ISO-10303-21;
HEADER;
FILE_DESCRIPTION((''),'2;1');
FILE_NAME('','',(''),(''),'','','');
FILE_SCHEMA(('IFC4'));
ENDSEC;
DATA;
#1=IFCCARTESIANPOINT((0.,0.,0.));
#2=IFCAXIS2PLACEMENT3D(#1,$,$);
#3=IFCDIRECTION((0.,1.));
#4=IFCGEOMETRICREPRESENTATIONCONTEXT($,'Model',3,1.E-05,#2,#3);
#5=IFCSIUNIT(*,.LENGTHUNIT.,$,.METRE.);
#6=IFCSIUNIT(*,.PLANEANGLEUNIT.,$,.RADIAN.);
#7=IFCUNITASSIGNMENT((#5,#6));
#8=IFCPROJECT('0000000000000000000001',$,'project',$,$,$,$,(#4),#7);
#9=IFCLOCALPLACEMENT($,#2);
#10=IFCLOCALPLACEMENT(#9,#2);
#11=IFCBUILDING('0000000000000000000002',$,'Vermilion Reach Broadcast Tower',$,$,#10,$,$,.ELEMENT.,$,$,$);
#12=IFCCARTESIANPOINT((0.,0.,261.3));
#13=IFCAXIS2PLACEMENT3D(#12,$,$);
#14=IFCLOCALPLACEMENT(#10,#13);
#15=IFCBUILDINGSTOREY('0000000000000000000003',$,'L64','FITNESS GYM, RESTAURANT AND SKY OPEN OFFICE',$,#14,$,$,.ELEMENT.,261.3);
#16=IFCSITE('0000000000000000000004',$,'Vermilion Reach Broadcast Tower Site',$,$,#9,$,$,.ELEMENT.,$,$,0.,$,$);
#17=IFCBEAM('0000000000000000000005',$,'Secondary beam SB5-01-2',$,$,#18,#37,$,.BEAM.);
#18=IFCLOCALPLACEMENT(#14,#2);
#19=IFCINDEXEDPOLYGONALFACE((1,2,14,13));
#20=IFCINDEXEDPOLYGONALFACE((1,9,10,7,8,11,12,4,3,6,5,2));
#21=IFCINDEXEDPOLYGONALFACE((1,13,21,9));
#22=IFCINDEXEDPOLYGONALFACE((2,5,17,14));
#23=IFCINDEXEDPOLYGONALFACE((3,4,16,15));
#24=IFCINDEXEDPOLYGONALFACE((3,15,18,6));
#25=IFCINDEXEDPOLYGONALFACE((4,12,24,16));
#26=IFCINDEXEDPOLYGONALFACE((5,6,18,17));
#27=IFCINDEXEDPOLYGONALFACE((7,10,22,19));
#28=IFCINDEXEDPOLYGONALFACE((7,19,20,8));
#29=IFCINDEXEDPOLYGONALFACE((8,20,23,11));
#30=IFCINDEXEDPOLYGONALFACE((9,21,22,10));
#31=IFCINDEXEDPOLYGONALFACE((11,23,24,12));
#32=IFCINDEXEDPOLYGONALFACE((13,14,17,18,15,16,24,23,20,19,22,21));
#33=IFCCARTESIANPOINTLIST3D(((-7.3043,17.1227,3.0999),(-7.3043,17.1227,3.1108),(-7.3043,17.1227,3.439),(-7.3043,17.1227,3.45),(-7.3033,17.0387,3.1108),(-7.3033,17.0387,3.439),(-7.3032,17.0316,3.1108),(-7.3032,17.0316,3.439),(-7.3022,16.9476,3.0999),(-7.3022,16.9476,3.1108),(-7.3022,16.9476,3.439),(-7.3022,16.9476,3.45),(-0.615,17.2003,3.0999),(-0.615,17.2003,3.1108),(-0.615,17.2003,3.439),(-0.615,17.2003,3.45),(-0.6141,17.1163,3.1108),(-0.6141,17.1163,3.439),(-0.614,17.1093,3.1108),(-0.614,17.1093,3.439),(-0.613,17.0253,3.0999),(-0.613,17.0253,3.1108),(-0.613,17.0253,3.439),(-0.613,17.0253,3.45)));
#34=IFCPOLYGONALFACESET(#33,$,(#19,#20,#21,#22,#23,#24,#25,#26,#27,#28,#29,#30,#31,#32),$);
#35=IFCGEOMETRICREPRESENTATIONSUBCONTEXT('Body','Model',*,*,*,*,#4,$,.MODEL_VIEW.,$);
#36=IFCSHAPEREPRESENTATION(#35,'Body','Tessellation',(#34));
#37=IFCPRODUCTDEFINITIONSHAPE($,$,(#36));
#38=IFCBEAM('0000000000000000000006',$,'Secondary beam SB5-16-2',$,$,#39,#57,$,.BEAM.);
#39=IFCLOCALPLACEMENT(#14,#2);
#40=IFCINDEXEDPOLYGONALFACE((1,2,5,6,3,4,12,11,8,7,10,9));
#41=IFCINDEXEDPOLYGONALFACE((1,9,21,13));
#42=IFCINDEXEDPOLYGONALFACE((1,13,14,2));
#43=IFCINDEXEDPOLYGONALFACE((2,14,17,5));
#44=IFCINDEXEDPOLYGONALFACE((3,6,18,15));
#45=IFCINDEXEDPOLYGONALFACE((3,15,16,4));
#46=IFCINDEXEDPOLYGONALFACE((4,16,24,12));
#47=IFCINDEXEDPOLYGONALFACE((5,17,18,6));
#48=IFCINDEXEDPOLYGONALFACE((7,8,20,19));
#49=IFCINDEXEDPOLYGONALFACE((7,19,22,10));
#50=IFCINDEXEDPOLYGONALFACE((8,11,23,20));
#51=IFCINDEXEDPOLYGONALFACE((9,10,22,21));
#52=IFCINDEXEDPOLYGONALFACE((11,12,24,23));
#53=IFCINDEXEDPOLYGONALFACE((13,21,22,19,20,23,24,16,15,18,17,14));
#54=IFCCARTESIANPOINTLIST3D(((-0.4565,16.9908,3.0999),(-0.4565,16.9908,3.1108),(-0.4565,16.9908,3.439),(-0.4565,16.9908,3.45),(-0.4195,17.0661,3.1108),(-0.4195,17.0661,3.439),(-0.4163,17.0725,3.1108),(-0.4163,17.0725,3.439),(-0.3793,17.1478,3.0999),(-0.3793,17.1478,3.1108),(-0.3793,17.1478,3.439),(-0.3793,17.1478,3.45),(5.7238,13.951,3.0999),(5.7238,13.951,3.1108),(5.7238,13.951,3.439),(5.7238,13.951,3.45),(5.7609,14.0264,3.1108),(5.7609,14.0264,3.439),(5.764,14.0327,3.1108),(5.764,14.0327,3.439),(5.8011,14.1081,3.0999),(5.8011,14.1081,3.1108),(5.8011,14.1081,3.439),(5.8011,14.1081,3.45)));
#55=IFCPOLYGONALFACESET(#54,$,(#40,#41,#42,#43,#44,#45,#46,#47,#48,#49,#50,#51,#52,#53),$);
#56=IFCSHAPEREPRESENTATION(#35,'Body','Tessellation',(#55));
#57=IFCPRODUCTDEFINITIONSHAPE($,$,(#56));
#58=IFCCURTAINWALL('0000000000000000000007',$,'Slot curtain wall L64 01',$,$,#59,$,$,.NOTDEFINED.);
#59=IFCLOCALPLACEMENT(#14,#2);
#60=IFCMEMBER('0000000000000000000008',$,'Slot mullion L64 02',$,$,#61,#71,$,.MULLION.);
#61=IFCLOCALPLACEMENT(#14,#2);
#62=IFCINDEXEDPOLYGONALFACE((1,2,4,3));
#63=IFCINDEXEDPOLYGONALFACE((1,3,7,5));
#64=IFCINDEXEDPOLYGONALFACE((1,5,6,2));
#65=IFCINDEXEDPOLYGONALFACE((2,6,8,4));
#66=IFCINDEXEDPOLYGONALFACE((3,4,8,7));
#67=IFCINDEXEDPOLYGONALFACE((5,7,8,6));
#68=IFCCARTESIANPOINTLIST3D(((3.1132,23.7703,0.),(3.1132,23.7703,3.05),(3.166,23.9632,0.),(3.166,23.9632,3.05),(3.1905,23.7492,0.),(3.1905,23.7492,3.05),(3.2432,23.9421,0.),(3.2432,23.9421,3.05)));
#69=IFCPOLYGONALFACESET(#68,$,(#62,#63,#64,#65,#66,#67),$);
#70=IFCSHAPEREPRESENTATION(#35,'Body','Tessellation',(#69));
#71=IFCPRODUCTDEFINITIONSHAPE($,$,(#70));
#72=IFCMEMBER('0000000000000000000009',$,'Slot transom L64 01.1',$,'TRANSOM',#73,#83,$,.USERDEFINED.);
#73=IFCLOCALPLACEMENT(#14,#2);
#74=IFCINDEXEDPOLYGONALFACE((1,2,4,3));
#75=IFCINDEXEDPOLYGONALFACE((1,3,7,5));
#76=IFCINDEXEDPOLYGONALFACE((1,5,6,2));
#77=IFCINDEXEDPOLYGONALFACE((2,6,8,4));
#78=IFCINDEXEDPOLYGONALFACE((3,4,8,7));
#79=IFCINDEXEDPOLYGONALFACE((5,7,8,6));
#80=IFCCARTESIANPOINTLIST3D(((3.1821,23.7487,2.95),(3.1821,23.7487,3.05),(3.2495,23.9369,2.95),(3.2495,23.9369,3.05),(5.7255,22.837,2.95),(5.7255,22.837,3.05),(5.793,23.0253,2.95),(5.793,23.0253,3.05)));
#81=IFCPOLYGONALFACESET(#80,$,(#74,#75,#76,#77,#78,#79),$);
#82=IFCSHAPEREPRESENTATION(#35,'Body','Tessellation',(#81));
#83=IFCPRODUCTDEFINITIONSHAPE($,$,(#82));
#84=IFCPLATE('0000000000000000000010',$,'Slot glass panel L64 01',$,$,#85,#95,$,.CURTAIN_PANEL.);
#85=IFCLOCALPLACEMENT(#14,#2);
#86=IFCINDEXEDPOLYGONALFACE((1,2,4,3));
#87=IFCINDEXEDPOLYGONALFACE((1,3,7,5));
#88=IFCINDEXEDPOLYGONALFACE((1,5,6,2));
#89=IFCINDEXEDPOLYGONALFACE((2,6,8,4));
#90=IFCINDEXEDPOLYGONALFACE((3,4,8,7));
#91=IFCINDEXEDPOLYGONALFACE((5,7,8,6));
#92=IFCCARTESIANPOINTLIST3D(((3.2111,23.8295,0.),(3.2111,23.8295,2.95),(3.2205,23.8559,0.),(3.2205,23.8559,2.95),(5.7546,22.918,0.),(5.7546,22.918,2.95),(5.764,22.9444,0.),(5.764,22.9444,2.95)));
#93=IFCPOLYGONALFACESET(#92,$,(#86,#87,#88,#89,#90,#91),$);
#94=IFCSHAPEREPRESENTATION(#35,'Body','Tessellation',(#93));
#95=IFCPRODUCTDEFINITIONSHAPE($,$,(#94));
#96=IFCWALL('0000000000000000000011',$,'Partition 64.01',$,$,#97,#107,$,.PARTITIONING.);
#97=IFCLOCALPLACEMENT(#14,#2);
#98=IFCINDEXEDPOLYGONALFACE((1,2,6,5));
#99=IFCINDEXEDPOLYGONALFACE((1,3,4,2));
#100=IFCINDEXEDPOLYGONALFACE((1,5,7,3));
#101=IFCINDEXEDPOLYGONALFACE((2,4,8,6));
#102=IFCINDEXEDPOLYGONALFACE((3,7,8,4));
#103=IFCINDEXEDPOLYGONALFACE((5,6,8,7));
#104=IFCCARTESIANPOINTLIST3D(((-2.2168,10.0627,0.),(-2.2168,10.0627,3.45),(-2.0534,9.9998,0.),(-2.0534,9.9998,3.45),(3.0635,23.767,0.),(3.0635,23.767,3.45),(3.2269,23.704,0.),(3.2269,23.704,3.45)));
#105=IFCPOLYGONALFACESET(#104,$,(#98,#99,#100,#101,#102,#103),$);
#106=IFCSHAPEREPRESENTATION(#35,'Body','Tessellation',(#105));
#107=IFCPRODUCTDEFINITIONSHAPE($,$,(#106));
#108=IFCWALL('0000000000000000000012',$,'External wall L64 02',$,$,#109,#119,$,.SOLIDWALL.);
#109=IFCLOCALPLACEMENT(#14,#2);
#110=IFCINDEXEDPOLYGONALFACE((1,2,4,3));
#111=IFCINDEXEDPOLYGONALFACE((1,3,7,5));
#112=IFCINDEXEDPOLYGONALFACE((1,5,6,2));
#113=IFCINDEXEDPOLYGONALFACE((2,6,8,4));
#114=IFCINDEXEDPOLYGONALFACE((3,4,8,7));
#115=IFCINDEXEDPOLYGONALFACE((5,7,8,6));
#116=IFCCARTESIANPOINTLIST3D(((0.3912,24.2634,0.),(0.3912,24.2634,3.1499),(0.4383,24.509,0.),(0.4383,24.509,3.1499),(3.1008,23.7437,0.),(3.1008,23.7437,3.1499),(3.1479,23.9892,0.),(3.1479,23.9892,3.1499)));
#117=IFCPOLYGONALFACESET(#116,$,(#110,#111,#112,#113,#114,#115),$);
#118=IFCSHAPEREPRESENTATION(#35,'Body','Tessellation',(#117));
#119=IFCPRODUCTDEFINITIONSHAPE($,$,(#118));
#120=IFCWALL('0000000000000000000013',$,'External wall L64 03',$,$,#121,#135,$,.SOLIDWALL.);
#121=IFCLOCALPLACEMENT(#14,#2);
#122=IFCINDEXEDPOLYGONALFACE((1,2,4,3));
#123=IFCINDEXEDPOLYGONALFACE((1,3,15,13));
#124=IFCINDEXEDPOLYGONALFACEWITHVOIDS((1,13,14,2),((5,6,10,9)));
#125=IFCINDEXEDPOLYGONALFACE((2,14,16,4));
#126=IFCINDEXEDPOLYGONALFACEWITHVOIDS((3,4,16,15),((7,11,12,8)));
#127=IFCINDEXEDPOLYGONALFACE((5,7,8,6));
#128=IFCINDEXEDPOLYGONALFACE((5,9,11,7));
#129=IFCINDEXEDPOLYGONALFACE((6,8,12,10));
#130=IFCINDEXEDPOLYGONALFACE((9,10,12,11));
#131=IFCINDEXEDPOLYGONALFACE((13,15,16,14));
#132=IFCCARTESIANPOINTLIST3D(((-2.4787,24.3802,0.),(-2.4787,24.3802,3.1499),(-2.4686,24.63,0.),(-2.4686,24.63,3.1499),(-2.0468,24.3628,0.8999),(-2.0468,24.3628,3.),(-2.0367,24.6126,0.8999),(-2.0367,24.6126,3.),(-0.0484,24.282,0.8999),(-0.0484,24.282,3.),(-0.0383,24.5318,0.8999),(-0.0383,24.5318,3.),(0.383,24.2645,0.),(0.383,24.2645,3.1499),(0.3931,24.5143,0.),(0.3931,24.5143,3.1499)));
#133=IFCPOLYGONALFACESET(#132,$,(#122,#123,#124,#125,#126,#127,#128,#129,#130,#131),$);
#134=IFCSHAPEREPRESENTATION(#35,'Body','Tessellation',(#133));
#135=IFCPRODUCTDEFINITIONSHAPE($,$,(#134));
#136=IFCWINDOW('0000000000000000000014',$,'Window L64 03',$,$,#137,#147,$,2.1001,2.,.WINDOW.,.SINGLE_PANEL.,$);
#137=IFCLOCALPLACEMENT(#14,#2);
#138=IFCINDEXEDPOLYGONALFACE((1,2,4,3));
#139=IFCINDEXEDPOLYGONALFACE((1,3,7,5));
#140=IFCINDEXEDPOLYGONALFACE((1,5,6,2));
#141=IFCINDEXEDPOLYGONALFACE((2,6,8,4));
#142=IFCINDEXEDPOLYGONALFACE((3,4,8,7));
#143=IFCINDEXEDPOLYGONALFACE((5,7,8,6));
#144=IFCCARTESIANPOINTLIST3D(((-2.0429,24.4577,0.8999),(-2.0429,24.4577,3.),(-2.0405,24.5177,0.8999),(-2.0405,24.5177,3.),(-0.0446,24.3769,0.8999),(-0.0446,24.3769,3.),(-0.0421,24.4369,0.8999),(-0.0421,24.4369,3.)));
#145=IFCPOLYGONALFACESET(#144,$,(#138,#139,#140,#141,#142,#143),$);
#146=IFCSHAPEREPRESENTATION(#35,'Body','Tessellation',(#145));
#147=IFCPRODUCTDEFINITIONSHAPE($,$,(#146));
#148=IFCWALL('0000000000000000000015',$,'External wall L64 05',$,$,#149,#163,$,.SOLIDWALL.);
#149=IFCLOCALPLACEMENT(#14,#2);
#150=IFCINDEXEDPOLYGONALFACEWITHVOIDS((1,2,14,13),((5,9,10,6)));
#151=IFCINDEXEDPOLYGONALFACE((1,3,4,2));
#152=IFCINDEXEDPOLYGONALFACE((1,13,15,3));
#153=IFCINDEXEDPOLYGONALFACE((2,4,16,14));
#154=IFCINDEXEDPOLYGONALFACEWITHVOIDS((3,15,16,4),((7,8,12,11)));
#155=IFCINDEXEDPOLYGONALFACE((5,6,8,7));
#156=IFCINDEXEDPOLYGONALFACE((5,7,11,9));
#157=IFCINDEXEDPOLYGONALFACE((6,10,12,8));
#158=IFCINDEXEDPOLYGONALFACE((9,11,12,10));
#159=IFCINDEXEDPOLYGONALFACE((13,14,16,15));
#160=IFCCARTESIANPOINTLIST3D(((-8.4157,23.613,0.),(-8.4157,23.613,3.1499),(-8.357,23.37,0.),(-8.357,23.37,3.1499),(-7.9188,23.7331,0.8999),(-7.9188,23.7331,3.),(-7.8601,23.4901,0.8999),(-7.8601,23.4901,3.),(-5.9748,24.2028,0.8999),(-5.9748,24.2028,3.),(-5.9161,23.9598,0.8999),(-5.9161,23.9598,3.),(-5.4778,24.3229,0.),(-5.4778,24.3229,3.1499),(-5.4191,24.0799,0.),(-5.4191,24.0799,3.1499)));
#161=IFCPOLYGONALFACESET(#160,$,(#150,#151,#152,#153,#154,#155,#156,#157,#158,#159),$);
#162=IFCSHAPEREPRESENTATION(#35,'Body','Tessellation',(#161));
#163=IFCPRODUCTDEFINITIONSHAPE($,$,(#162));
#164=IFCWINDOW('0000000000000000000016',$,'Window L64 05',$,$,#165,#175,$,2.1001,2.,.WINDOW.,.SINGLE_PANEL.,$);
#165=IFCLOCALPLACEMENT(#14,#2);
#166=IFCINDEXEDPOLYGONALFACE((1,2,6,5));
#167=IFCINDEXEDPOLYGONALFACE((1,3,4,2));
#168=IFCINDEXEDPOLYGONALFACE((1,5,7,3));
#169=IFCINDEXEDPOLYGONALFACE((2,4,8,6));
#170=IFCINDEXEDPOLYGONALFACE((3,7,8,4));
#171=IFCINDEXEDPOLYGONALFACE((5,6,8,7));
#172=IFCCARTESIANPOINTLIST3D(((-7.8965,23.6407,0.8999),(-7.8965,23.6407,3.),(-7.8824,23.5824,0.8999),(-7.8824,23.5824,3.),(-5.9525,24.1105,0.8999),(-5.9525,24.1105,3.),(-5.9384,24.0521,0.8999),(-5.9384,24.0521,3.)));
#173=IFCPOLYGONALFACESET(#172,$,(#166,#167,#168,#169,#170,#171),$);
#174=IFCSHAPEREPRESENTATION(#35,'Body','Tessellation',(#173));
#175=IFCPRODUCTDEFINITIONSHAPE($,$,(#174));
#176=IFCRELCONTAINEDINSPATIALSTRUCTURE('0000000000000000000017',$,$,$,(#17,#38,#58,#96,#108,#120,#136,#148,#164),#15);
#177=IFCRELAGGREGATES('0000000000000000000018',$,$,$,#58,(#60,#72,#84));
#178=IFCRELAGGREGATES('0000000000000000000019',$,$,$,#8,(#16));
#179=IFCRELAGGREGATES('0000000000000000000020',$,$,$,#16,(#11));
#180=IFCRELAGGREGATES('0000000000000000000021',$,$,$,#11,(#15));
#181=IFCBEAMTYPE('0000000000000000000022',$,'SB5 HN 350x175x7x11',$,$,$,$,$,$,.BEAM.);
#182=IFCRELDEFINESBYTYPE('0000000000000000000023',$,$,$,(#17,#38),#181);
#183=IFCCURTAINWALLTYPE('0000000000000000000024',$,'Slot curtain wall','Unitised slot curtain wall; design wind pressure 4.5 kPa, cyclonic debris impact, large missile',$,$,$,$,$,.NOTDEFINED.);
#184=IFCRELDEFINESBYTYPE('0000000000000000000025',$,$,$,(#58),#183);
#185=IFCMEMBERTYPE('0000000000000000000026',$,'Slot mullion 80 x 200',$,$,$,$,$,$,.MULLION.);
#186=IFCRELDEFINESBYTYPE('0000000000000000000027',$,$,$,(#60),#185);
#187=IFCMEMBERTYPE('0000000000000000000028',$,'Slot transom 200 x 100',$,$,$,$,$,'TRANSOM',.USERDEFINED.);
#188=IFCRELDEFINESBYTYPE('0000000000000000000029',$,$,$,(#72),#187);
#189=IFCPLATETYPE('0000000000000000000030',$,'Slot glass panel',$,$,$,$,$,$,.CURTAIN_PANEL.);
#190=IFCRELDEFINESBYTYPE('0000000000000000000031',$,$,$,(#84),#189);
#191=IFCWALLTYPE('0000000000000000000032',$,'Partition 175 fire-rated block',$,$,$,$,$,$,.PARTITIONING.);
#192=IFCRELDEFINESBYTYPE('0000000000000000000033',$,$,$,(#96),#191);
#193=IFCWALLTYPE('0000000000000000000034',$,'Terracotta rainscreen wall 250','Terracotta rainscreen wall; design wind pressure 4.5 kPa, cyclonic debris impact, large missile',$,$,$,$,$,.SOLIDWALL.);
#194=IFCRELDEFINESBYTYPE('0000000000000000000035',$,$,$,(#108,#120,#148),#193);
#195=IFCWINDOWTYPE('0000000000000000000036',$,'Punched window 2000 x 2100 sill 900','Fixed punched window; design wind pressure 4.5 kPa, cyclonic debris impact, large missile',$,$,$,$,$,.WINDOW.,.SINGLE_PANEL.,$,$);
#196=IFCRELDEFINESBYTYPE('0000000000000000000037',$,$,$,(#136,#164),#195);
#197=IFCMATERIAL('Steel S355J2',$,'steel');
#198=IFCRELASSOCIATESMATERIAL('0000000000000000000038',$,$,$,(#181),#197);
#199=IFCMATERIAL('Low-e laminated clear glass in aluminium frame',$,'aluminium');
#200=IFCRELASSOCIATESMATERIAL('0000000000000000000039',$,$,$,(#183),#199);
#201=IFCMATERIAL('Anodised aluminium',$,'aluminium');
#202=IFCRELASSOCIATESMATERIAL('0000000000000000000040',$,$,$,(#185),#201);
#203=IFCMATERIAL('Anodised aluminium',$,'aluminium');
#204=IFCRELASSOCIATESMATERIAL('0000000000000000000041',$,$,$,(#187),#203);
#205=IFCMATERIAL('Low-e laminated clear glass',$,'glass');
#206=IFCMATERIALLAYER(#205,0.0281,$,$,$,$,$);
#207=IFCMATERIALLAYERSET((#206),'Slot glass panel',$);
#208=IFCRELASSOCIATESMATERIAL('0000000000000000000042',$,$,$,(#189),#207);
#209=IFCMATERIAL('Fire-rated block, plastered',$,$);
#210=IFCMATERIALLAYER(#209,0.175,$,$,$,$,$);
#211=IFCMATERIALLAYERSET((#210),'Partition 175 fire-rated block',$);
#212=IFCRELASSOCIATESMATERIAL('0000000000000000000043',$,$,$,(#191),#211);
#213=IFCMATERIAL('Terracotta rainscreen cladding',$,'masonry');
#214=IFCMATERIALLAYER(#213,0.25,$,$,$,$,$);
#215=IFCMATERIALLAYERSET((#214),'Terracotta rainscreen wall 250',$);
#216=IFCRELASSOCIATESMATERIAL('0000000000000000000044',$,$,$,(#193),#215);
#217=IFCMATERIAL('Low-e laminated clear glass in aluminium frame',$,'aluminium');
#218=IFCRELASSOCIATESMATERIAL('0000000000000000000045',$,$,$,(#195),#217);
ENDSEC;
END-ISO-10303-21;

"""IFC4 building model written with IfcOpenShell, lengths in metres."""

from ifc_helpers import new_model, si_unit, direction, frame, frame_2d, origin, origin_2d, place, context, subcontext, project, spatial, rectangle, i_section, extrude, material, layer, layer_set, material_profile, profile_set, type_object, element, fill, aggregate, save


model = new_model("IFC4")

# Units and contexts
model_context = context("Model", 3, precision=1e-05, world=origin(), true_north=direction((0.0, 1.0)))
body_context = subcontext(model_context, "Body", "Model", "MODEL_VIEW")
ifc_project = project(units=[si_unit("LENGTHUNIT", "METRE"), si_unit("PLANEANGLEUNIT", "RADIAN")], contexts=[model_context])

# Site, building, storey
site_placement = place(None, origin())
site = spatial("IfcSite", under=ifc_project, at=site_placement, Name="Vermilion Reach Broadcast Tower Site", CompositionType="ELEMENT", RefElevation=0.0)
building_placement = place(site_placement, origin())
building = spatial("IfcBuilding", under=site, at=building_placement, Name="Vermilion Reach Broadcast Tower", CompositionType="ELEMENT")
storey_placement = place(building_placement, frame((0.0, 0.0, 261.3)))
storey = spatial("IfcBuildingStorey", under=building, at=storey_placement, Name="L64", Description="FITNESS GYM, RESTAURANT AND SKY OPEN OFFICE", CompositionType="ELEMENT", Elevation=261.3)

# Beams
ifc_material_1 = material(Name="Steel S355J2", Category="steel")
ifc_material_profile_1 = material_profile(ifc_material_1, i_section(OverallWidth=0.175, OverallDepth=0.3501, WebThickness=0.0071, FlangeThickness=0.011, at=origin_2d()), Name="S355J2 HN 350x175x7x11")
ifc_profile_set_1 = profile_set([ifc_material_profile_1], Name="Steel S355J2")
beam_type_1 = type_object("IfcBeamType", Name="SB5 HN 350x175x7x11", PredefinedType="BEAM", material=ifc_profile_set_1)
beam_1_placement = place(storey_placement, frame((-0.614, 17.1128, 3.2749), z_axis=(-0.999933, -0.011605, 0.0), x_axis=(0.011605, -0.999933, 0.0)))
element("IfcBeam", 1, at=beam_1_placement, inside=storey, type_object=beam_type_1, Name="Secondary beam SB5-01-2", PredefinedType="BEAM", context=body_context, shape_type="SweptSolid", body=[
    extrude(i_section(OverallWidth=0.175, OverallDepth=0.3501, WebThickness=0.0071, FlangeThickness=0.011, at=origin_2d()), origin(), (0.0, 0.0, 1.0), 6.6897),
])
beam_2_placement = place(storey_placement, frame((5.7625, 14.0295, 3.2749), z_axis=(-0.897336, 0.441348, 0.0), x_axis=(-0.441348, -0.897336, 0.0)))
element("IfcBeam", 2, at=beam_2_placement, inside=storey, type_object=beam_type_1, Name="Secondary beam SB5-16-2", PredefinedType="BEAM", context=body_context, shape_type="SweptSolid", body=[
    extrude(i_section(OverallWidth=0.175, OverallDepth=0.3501, WebThickness=0.0071, FlangeThickness=0.011, at=origin_2d()), origin(), (0.0, 0.0, 1.0), 6.8875),
])

# Curtain wall, members, plate
ifc_material_2 = material(Name="Low-e laminated clear glass in aluminium frame", Category="aluminium")
curtain_wall_type = type_object("IfcCurtainWallType", Name="Slot curtain wall", Description="Unitised slot curtain wall; design wind pressure 4.5 kPa, cyclonic debris impact, large missile", PredefinedType="NOTDEFINED", material=ifc_material_2)
curtain_wall_placement = place(storey_placement, origin())
curtain_wall = element("IfcCurtainWall", 3, at=curtain_wall_placement, inside=storey, type_object=curtain_wall_type, Name="Slot curtain wall L64 01", PredefinedType="NOTDEFINED")
ifc_material_3 = material(Name="Anodised aluminium", Category="aluminium")
ifc_material_profile_2 = material_profile(ifc_material_3, rectangle(XDim=0.2, YDim=0.0801, at=origin_2d()), Name="Slot mullion 80 x 200")
ifc_profile_set_2 = profile_set([ifc_material_profile_2], Name="Anodised aluminium")
member_type_1 = type_object("IfcMemberType", Name="Slot mullion 80 x 200", PredefinedType="MULLION", material=ifc_profile_set_2)
member_1_placement = place(storey_placement, frame((3.1782, 23.8562, 0.0), z_axis=(0.0, 0.0, 1.0), x_axis=(-0.263646, -0.964619, 0.0)))
member_1 = element("IfcMember", 4, at=member_1_placement, type_object=member_type_1, Name="Slot mullion L64 02", PredefinedType="MULLION", context=body_context, shape_type="SweptSolid", body=[
    extrude(rectangle(XDim=0.2, YDim=0.0801, at=origin_2d()), origin(), (0.0, 0.0, 1.0), 3.05),
])
ifc_material_4 = material(Name="Anodised aluminium", Category="aluminium")
ifc_material_profile_3 = material_profile(ifc_material_4, rectangle(XDim=0.2, YDim=0.1001, at=origin_2d()), Name="Slot transom 200 x 100")
ifc_profile_set_3 = profile_set([ifc_material_profile_3], Name="Anodised aluminium")
member_type_2 = type_object("IfcMemberType", Name="Slot transom 200 x 100", ElementType="TRANSOM", PredefinedType="USERDEFINED", material=ifc_profile_set_3)
member_2_placement = place(storey_placement, frame((5.7593, 22.9312, 3.0), z_axis=(-0.941361, 0.337401, 0.0), x_axis=(-0.337401, -0.941361, 0.0)))
member_2 = element("IfcMember", 5, at=member_2_placement, type_object=member_type_2, Name="Slot transom L64 01.1", ObjectType="TRANSOM", PredefinedType="USERDEFINED", context=body_context, shape_type="SweptSolid", body=[
    extrude(rectangle(XDim=0.2, YDim=0.1001, at=origin_2d()), origin(), (0.0, 0.0, 1.0), 2.7019),
])
ifc_material_5 = material(Name="Low-e laminated clear glass", Category="glass")
ifc_layer_1 = layer(ifc_material_5, 0.0281)
ifc_layer_set_1 = layer_set([ifc_layer_1], Name="Slot glass panel")
plate_type = type_object("IfcPlateType", Name="Slot glass panel", PredefinedType="CURTAIN_PANEL", material=ifc_layer_set_1)
plate_placement = place(storey_placement, frame((4.4875, 23.387, 0.0), z_axis=(0.0, 0.0, 1.0), x_axis=(-0.94138, 0.337349, 0.0)))
plate = element("IfcPlate", 6, at=plate_placement, type_object=plate_type, Name="Slot glass panel L64 01", PredefinedType="CURTAIN_PANEL", context=body_context, shape_type="SweptSolid", body=[
    extrude(rectangle(XDim=2.7019, YDim=0.0281, at=origin_2d()), origin(), (0.0, 0.0, 1.0), 2.95),
])
aggregate(curtain_wall, [member_1, member_2, plate])

# Walls
ifc_material_6 = material(Name="Fire-rated block, plastered")
ifc_layer_2 = layer(ifc_material_6, 0.175)
ifc_layer_set_2 = layer_set([ifc_layer_2], Name="Partition 175 fire-rated block")
wall_type_1 = type_object("IfcWallType", Name="Partition 175 fire-rated block", PredefinedType="PARTITIONING", material=ifc_layer_set_2)
wall_1_placement = place(storey_placement, frame((3.1453, 23.7356, 0.0), z_axis=(0.0, 0.0, 1.0), x_axis=(-0.35954, -0.933129, 0.0)))
element("IfcWall", 7, at=wall_1_placement, inside=storey, type_object=wall_type_1, Name="Partition 64.01", PredefinedType="PARTITIONING", context=body_context, shape_type="SweptSolid", body=[
    extrude(rectangle(XDim=14.6863, YDim=0.175, at=frame_2d((7.3433, 0.0))), origin(), (0.0, 0.0, 1.0), 3.45),
])
ifc_material_7 = material(Name="Terracotta rainscreen cladding", Category="masonry")
ifc_layer_3 = layer(ifc_material_7, 0.25)
ifc_layer_set_3 = layer_set([ifc_layer_3], Name="Terracotta rainscreen wall 250")
wall_type_2 = type_object("IfcWallType", Name="Terracotta rainscreen wall 250", Description="Terracotta rainscreen wall; design wind pressure 4.5 kPa, cyclonic debris impact, large missile", PredefinedType="SOLIDWALL", material=ifc_layer_set_3)
wall_2_placement = place(storey_placement, frame((3.1243, 23.8665, 0.0), z_axis=(0.0, 0.0, 1.0), x_axis=(-0.982095, 0.188385, 0.0)))
element("IfcWall", 8, at=wall_2_placement, inside=storey, type_object=wall_type_2, Name="External wall L64 02", PredefinedType="SOLIDWALL", context=body_context, shape_type="SweptSolid", body=[
    extrude(rectangle(XDim=2.759, YDim=0.25, at=frame_2d((1.3794, 0.0))), origin(), (0.0, 0.0, 1.0), 3.1499),
])

# Wall, opening, window
wall_3_placement = place(storey_placement, frame((0.3882, 24.3894, 0.0), z_axis=(0.0, 0.0, 1.0), x_axis=(-0.999183, 0.040407, 0.0)))
wall_3 = element("IfcWall", 9, at=wall_3_placement, inside=storey, type_object=wall_type_2, Name="External wall L64 03", PredefinedType="SOLIDWALL", context=body_context, shape_type="SweptSolid", body=[
    extrude(rectangle(XDim=2.864, YDim=0.25, at=frame_2d((1.4321, 0.0))), origin(), (0.0, 0.0, 1.0), 3.1499),
])
opening_1_placement = place(wall_3_placement, frame((0.4319, 0.0, 0.8999)))
opening_1 = element("IfcOpeningElement", 10, at=opening_1_placement, cuts=wall_3, PredefinedType="OPENING", context=body_context, shape_type="SweptSolid", body=[
    extrude(rectangle(XDim=2.0, YDim=2.1001, at=frame_2d((1.0, 1.05))), frame((0.0, 0.135, 0.0), z_axis=(0.0, -1.0, 0.0), x_axis=(1.0, 0.0, 0.0)), (0.0, 0.0, 1.0), 0.27),
])
ifc_material_8 = material(Name="Low-e laminated clear glass in aluminium frame", Category="aluminium")
window_type = type_object("IfcWindowType", Name="Punched window 2000 x 2100 sill 900", Description="Fixed punched window; design wind pressure 4.5 kPa, cyclonic debris impact, large missile", PartitioningType="SINGLE_PANEL", PredefinedType="WINDOW", material=ifc_material_8)
window_1_placement = place(opening_1_placement, origin())
window_1 = element("IfcWindow", 11, at=window_1_placement, inside=storey, type_object=window_type, Name="Window L64 03", OverallHeight=2.1001, OverallWidth=2.0, PartitioningType="SINGLE_PANEL", PredefinedType="WINDOW", context=body_context, shape_type="SweptSolid", body=[
    extrude(rectangle(XDim=2.0, YDim=2.1001, at=frame_2d((1.0, 1.05))), frame((0.0, 0.03, 0.0), z_axis=(0.0, -1.0, 0.0), x_axis=(1.0, 0.0, 0.0)), (0.0, 0.0, 1.0), 0.0601),
])
fill(opening_1, window_1)

# Wall, opening, window
wall_4_placement = place(storey_placement, frame((-5.4485, 24.2014, 0.0), z_axis=(0.0, 0.0, 1.0), x_axis=(-0.972022, -0.234888, 0.0)))
wall_4 = element("IfcWall", 12, at=wall_4_placement, inside=storey, type_object=wall_type_2, Name="External wall L64 05", PredefinedType="SOLIDWALL", context=body_context, shape_type="SweptSolid", body=[
    extrude(rectangle(XDim=3.0225, YDim=0.25, at=frame_2d((1.5112, 0.0))), origin(), (0.0, 0.0, 1.0), 3.1499),
])
opening_2_placement = place(wall_4_placement, frame((0.5112, 0.0, 0.8999)))
opening_2 = element("IfcOpeningElement", 13, at=opening_2_placement, cuts=wall_4, PredefinedType="OPENING", context=body_context, shape_type="SweptSolid", body=[
    extrude(rectangle(XDim=2.0, YDim=2.1001, at=frame_2d((1.0, 1.05))), frame((0.0, 0.135, 0.0), z_axis=(0.0, -1.0, 0.0), x_axis=(1.0, 0.0, 0.0)), (0.0, 0.0, 1.0), 0.27),
])
window_2_placement = place(opening_2_placement, origin())
window_2 = element("IfcWindow", 14, at=window_2_placement, inside=storey, type_object=window_type, Name="Window L64 05", OverallHeight=2.1001, OverallWidth=2.0, PartitioningType="SINGLE_PANEL", PredefinedType="WINDOW", context=body_context, shape_type="SweptSolid", body=[
    extrude(rectangle(XDim=2.0, YDim=2.1001, at=frame_2d((1.0, 1.05))), frame((0.0, 0.03, 0.0), z_axis=(0.0, -1.0, 0.0), x_axis=(1.0, 0.0, 0.0)), (0.0, 0.0, 1.0), 0.0601),
])
fill(opening_2, window_2)

save(model, "model.ifc")
